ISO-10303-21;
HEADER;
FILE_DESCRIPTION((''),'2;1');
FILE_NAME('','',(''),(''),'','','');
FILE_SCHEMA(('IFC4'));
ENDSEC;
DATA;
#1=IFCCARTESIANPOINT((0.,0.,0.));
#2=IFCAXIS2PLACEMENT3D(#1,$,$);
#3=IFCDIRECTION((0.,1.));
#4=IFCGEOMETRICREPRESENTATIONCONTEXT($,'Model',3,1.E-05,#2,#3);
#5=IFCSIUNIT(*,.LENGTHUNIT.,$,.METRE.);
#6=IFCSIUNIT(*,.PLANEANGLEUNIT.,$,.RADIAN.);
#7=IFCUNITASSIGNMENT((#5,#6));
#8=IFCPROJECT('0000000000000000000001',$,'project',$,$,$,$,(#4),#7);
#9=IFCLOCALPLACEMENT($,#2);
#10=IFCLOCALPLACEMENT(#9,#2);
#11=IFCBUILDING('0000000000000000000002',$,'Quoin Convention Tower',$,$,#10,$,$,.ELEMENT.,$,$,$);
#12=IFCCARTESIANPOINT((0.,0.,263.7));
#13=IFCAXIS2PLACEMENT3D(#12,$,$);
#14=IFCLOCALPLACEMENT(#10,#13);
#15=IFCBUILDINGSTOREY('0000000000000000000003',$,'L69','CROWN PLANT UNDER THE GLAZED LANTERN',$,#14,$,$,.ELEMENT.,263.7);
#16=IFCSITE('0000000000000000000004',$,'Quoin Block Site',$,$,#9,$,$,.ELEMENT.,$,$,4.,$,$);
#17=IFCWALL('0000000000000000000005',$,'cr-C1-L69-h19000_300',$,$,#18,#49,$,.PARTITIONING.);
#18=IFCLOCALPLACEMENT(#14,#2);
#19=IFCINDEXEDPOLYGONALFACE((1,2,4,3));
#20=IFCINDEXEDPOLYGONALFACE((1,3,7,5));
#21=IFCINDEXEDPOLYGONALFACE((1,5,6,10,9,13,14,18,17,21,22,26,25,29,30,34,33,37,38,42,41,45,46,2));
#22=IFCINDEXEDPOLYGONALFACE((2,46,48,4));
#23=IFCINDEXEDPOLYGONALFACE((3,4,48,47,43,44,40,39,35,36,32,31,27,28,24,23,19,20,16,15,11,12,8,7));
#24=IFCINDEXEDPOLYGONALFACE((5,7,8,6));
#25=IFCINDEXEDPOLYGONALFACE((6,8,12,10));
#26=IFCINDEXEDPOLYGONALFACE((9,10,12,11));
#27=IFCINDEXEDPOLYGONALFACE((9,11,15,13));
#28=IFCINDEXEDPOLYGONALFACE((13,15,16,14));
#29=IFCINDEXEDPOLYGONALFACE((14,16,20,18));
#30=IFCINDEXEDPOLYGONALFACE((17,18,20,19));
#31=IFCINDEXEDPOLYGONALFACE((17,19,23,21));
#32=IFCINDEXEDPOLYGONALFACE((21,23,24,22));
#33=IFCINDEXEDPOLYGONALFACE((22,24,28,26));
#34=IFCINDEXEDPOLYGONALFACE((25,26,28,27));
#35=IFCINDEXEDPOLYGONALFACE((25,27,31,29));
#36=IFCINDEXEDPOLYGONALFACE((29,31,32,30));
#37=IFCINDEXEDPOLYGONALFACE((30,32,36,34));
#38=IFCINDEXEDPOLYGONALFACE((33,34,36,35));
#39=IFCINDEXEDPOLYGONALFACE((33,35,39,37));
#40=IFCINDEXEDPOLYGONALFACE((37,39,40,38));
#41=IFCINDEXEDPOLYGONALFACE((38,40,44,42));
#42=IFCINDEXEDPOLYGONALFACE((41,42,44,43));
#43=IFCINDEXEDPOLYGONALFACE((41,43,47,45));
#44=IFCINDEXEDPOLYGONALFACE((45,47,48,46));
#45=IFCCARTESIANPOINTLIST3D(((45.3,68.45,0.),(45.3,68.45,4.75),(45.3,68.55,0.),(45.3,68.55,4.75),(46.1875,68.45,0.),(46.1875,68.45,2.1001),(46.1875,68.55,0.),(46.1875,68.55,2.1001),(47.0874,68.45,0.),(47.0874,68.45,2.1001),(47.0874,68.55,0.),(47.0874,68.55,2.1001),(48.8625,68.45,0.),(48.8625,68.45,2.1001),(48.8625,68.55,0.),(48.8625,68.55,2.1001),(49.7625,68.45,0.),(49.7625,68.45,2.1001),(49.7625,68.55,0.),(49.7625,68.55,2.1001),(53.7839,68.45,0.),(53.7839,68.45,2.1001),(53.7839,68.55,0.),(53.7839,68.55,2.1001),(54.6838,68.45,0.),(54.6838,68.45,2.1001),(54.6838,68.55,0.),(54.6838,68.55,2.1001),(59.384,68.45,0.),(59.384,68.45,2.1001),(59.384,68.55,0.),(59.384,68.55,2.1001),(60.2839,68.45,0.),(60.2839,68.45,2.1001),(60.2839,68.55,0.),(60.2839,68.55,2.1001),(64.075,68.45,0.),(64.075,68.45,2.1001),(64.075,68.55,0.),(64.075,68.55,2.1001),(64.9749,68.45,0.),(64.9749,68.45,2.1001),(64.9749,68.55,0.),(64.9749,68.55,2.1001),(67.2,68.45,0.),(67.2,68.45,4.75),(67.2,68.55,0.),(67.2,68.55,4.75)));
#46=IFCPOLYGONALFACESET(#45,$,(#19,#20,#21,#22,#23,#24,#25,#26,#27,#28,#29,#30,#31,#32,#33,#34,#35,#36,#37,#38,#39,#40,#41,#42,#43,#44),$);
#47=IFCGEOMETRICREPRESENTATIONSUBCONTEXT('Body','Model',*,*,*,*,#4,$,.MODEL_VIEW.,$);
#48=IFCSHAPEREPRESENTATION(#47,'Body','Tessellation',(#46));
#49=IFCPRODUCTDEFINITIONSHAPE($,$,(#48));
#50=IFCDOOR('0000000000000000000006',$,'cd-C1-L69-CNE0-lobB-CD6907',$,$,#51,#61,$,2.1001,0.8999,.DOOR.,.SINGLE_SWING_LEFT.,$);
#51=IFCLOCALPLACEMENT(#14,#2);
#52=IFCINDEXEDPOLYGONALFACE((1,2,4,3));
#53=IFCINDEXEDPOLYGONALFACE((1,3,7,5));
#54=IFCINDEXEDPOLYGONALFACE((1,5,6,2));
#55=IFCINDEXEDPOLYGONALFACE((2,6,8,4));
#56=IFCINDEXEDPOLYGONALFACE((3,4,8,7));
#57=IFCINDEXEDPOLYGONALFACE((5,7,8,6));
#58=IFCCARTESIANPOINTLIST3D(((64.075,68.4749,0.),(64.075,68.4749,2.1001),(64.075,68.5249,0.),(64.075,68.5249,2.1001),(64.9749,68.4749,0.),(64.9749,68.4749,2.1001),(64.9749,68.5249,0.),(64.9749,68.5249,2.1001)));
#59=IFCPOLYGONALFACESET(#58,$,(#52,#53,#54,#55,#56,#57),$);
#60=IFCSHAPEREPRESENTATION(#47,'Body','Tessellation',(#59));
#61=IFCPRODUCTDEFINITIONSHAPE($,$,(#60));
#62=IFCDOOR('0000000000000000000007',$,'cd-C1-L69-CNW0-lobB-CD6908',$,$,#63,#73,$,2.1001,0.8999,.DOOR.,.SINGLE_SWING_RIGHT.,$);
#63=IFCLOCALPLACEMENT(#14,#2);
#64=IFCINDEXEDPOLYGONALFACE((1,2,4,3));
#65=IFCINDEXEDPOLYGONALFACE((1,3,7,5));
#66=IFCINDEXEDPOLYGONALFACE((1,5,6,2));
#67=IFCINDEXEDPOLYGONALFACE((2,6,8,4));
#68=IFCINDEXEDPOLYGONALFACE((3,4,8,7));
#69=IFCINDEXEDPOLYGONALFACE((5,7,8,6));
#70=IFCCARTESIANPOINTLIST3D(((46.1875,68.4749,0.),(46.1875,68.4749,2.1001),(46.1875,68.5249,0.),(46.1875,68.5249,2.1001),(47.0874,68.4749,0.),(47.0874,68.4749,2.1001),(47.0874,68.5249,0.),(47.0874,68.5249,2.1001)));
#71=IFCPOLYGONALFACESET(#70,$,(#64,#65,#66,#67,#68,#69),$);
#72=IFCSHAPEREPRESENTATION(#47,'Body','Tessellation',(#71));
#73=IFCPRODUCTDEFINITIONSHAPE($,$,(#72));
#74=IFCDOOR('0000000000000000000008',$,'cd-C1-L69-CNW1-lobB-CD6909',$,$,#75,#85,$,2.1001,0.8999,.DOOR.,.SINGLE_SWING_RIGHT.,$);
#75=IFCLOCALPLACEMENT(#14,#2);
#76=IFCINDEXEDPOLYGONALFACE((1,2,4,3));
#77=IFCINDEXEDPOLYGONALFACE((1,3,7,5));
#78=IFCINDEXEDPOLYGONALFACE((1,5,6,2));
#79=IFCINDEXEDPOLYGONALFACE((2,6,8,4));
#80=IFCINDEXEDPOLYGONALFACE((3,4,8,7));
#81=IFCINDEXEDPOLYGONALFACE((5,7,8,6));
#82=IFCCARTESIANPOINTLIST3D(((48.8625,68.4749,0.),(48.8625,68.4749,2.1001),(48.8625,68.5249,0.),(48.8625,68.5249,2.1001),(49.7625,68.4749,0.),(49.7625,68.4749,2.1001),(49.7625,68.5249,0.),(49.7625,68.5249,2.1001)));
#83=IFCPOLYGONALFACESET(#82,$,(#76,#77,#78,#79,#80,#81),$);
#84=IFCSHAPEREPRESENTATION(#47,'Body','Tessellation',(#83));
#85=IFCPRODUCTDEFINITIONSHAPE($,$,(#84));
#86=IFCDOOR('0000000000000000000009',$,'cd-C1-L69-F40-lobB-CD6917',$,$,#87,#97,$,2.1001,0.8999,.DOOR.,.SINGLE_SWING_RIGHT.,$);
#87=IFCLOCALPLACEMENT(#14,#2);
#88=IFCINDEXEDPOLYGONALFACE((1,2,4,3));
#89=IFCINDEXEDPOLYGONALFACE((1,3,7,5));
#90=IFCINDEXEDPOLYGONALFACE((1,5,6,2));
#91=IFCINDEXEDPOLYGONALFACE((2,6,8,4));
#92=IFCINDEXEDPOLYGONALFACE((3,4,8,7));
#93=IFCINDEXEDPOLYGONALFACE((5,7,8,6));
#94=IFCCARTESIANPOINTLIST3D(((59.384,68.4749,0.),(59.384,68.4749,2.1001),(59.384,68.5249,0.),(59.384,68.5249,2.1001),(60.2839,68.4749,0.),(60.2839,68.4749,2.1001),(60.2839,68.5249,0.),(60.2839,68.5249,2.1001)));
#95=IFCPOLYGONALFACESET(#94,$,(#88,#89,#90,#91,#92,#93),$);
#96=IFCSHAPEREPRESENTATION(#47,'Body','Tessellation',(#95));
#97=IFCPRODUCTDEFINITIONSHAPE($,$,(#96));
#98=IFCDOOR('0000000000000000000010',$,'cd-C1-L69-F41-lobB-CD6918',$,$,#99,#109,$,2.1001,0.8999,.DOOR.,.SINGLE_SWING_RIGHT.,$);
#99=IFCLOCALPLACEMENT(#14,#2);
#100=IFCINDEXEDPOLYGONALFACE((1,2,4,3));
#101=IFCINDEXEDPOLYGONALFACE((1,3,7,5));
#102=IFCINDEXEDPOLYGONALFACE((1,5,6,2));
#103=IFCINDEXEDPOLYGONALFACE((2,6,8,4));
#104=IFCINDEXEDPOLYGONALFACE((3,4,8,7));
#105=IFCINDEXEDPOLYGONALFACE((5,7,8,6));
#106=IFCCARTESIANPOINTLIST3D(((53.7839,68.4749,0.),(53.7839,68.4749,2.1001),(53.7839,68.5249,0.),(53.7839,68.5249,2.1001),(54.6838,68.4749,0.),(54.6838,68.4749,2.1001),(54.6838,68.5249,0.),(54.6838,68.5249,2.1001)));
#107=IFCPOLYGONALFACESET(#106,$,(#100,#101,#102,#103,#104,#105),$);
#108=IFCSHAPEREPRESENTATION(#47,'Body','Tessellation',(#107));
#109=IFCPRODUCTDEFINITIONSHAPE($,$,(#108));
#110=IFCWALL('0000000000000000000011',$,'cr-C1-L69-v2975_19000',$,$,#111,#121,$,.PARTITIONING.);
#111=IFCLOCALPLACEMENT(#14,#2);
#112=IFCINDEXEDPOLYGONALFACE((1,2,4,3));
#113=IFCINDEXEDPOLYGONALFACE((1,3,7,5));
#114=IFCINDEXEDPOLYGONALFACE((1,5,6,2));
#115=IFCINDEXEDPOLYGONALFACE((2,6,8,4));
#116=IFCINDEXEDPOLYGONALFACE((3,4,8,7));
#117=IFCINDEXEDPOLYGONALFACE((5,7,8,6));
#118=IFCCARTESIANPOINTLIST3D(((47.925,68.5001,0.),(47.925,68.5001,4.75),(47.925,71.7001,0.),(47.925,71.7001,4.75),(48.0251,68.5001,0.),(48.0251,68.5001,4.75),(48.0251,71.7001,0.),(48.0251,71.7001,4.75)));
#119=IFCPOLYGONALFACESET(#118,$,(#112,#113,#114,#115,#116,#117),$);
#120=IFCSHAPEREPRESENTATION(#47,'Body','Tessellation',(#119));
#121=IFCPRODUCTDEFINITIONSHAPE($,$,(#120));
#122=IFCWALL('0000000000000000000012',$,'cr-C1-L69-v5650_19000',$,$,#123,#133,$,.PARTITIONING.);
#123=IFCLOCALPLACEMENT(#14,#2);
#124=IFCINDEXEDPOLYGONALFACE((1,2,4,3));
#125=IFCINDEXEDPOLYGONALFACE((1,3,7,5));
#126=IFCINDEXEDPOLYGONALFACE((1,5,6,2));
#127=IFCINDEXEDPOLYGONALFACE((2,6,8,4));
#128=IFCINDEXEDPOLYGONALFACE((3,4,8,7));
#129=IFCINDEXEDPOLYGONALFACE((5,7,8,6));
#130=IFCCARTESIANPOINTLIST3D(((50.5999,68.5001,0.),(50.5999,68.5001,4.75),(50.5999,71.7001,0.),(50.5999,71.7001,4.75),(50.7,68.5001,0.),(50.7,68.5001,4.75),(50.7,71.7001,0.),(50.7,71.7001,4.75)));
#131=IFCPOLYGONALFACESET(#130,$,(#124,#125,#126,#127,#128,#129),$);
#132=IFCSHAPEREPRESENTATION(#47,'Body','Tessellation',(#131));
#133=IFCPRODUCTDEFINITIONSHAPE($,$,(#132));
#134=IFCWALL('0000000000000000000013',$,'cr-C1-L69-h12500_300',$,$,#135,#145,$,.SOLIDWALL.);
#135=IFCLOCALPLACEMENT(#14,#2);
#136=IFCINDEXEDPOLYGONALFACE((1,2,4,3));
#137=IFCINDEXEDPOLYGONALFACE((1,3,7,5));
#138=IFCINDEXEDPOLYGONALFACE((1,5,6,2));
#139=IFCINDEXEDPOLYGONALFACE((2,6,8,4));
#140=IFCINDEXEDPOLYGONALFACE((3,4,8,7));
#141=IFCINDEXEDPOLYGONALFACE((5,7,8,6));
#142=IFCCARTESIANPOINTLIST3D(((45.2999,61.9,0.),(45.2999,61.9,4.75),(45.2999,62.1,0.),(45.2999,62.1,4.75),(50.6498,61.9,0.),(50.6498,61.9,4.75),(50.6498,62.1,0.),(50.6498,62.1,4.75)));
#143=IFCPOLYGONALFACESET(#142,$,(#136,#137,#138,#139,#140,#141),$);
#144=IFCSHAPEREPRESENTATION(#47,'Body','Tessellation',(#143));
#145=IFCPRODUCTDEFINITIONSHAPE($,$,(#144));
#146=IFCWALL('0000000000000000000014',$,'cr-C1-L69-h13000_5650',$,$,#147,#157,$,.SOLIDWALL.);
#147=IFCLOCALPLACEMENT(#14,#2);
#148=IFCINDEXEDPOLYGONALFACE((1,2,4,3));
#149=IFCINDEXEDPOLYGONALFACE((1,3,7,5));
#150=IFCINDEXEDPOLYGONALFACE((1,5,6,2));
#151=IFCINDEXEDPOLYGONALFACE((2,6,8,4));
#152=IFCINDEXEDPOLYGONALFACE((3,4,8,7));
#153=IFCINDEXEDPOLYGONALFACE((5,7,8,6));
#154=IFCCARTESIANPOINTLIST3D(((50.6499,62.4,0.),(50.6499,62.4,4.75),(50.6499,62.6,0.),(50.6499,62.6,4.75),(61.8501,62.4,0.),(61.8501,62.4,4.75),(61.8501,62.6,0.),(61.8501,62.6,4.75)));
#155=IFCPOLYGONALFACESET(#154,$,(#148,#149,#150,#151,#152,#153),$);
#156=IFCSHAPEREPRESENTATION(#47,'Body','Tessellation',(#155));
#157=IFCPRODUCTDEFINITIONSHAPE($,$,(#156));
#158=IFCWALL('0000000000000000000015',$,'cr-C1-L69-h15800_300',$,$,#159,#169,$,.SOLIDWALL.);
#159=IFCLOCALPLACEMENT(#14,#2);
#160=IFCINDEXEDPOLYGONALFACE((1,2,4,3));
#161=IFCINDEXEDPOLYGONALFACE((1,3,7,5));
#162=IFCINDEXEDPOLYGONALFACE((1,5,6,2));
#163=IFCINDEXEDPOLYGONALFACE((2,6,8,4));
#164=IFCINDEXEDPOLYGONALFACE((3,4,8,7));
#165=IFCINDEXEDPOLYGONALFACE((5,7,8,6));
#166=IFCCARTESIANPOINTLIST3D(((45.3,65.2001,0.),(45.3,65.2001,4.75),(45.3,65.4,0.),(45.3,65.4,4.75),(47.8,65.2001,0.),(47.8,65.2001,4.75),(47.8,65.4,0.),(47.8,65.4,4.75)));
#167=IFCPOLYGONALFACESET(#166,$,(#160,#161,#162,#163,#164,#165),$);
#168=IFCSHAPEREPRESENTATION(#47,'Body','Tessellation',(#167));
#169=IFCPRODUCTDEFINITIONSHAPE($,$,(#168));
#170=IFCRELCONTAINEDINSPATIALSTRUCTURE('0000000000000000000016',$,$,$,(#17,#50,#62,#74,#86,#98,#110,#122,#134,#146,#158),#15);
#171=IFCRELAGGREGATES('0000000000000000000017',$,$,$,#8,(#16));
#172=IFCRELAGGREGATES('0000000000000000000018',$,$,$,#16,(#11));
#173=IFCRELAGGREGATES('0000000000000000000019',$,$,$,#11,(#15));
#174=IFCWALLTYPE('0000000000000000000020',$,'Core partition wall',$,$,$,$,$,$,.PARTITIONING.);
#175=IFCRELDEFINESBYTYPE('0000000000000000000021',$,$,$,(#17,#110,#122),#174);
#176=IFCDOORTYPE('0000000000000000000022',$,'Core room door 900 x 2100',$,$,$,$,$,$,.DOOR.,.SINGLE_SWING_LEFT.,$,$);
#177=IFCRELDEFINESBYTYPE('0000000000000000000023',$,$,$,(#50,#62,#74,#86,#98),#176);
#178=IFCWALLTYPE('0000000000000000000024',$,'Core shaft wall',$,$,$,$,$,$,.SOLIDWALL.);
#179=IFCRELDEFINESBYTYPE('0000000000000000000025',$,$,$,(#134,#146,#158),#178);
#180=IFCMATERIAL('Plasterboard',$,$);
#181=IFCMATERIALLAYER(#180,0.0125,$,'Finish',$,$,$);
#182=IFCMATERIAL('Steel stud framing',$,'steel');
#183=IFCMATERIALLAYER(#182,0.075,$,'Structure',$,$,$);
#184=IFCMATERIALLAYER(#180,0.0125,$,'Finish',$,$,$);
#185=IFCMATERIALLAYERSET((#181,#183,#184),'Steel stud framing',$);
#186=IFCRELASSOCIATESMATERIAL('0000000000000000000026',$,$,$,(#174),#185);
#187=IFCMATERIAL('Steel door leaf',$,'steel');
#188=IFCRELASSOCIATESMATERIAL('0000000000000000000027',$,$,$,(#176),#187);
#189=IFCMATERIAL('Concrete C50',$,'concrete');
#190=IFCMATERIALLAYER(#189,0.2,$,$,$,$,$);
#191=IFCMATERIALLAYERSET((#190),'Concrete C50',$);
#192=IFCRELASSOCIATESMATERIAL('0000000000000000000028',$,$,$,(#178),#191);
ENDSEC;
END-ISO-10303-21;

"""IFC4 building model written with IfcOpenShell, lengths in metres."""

from ifc_helpers import new_model, si_unit, direction, frame, frame_2d, origin, place, context, subcontext, project, spatial, rectangle, extrude, material, layer, layer_set, type_object, element, fill, save


model = new_model("IFC4")

# Units and contexts
model_context = context("Model", 3, precision=1e-05, world=origin(), true_north=direction((0.0, 1.0)))
body_context = subcontext(model_context, "Body", "Model", "MODEL_VIEW")
ifc_project = project(units=[si_unit("LENGTHUNIT", "METRE"), si_unit("PLANEANGLEUNIT", "RADIAN")], contexts=[model_context])

# Site, building, storey
site_placement = place(None, origin())
site = spatial("IfcSite", under=ifc_project, at=site_placement, Name="Quoin Block Site", CompositionType="ELEMENT", RefElevation=4.0)
building_placement = place(site_placement, origin())
building = spatial("IfcBuilding", under=site, at=building_placement, Name="Quoin Convention Tower", CompositionType="ELEMENT")
storey_placement = place(building_placement, frame((0.0, 0.0, 263.7)))
storey = spatial("IfcBuildingStorey", under=building, at=storey_placement, Name="L69", Description="CROWN PLANT UNDER THE GLAZED LANTERN", CompositionType="ELEMENT", Elevation=263.7)

# Wall, openings, doors
ifc_material_1 = material(Name="Plasterboard")
ifc_layer_1 = layer(ifc_material_1, 0.0125, Name="Finish")
ifc_material_2 = material(Name="Steel stud framing", Category="steel")
ifc_layer_2 = layer(ifc_material_2, 0.075, Name="Structure")
ifc_layer_3 = layer(ifc_material_1, 0.0125, Name="Finish")
ifc_layer_set_1 = layer_set([ifc_layer_1, ifc_layer_2, ifc_layer_3], Name="Steel stud framing")
wall_type_1 = type_object("IfcWallType", Name="Core partition wall", PredefinedType="PARTITIONING", material=ifc_layer_set_1)
wall_1_placement = place(storey_placement, frame((45.3, 68.5, 0.0), z_axis=(0.0, 0.0, 1.0), x_axis=(1.0, 0.0, 0.0)))
wall_1 = element("IfcWall", 1, at=wall_1_placement, inside=storey, type_object=wall_type_1, Name="cr-C1-L69-h19000_300", PredefinedType="PARTITIONING", context=body_context, shape_type="SweptSolid", body=[
    extrude(rectangle(XDim=21.8999, YDim=0.1001, at=frame_2d((10.95, 0.0))), origin(), (0.0, 0.0, 1.0), 4.75),
])
opening_1_placement = place(wall_1_placement, frame((18.7749, 0.0, 0.0)))
opening_1 = element("IfcOpeningElement", 2, at=opening_1_placement, cuts=wall_1, PredefinedType="OPENING", context=body_context, shape_type="SweptSolid", body=[
    extrude(rectangle(XDim=0.8999, YDim=2.1001, at=frame_2d((0.45, 1.05))), frame((0.0, 0.0601, 0.0), z_axis=(0.0, -1.0, 0.0), x_axis=(1.0, 0.0, 0.0)), (0.0, 0.0, 1.0), 0.1201),
])
opening_2_placement = place(wall_1_placement, frame((0.8875, 0.0, 0.0)))
opening_2 = element("IfcOpeningElement", 3, at=opening_2_placement, cuts=wall_1, PredefinedType="OPENING", context=body_context, shape_type="SweptSolid", body=[
    extrude(rectangle(XDim=0.8999, YDim=2.1001, at=frame_2d((0.45, 1.05))), frame((0.0, 0.0601, 0.0), z_axis=(0.0, -1.0, 0.0), x_axis=(1.0, 0.0, 0.0)), (0.0, 0.0, 1.0), 0.1201),
])
opening_3_placement = place(wall_1_placement, frame((3.5625, 0.0, 0.0)))
opening_3 = element("IfcOpeningElement", 4, at=opening_3_placement, cuts=wall_1, PredefinedType="OPENING", context=body_context, shape_type="SweptSolid", body=[
    extrude(rectangle(XDim=0.8999, YDim=2.1001, at=frame_2d((0.45, 1.05))), frame((0.0, 0.0601, 0.0), z_axis=(0.0, -1.0, 0.0), x_axis=(1.0, 0.0, 0.0)), (0.0, 0.0, 1.0), 0.1201),
])
opening_4_placement = place(wall_1_placement, frame((14.084, 0.0, 0.0)))
opening_4 = element("IfcOpeningElement", 5, at=opening_4_placement, cuts=wall_1, PredefinedType="OPENING", context=body_context, shape_type="SweptSolid", body=[
    extrude(rectangle(XDim=0.8999, YDim=2.1001, at=frame_2d((0.45, 1.05))), frame((0.0, 0.0601, 0.0), z_axis=(0.0, -1.0, 0.0), x_axis=(1.0, 0.0, 0.0)), (0.0, 0.0, 1.0), 0.1201),
])
opening_5_placement = place(wall_1_placement, frame((8.4839, 0.0, 0.0)))
opening_5 = element("IfcOpeningElement", 6, at=opening_5_placement, cuts=wall_1, PredefinedType="OPENING", context=body_context, shape_type="SweptSolid", body=[
    extrude(rectangle(XDim=0.8999, YDim=2.1001, at=frame_2d((0.45, 1.05))), frame((0.0, 0.0601, 0.0), z_axis=(0.0, -1.0, 0.0), x_axis=(1.0, 0.0, 0.0)), (0.0, 0.0, 1.0), 0.1201),
])
ifc_material_3 = material(Name="Steel door leaf", Category="steel")
door_type_1 = type_object("IfcDoorType", Name="Core room door 900 x 2100", OperationType="SINGLE_SWING_LEFT", PredefinedType="DOOR", material=ifc_material_3)
door_1_placement = place(opening_1_placement, origin())
door_1 = element("IfcDoor", 7, at=door_1_placement, inside=storey, type_object=door_type_1, Name="cd-C1-L69-CNE0-lobB-CD6907", OperationType="SINGLE_SWING_LEFT", OverallHeight=2.1001, OverallWidth=0.8999, PredefinedType="DOOR", context=body_context, shape_type="SweptSolid", body=[
    extrude(rectangle(XDim=0.8999, YDim=2.1001, at=frame_2d((0.45, 1.05))), frame((0.0, 0.0249, 0.0), z_axis=(0.0, -1.0, 0.0), x_axis=(1.0, 0.0, 0.0)), (0.0, 0.0, 1.0), 0.05),
])
fill(opening_1, door_1)
door_2_placement = place(opening_2_placement, origin())
door_2 = element("IfcDoor", 8, at=door_2_placement, inside=storey, type_object=door_type_1, Name="cd-C1-L69-CNW0-lobB-CD6908", OperationType="SINGLE_SWING_RIGHT", OverallHeight=2.1001, OverallWidth=0.8999, PredefinedType="DOOR", context=body_context, shape_type="SweptSolid", body=[
    extrude(rectangle(XDim=0.8999, YDim=2.1001, at=frame_2d((0.45, 1.05))), frame((0.0, 0.0249, 0.0), z_axis=(0.0, -1.0, 0.0), x_axis=(1.0, 0.0, 0.0)), (0.0, 0.0, 1.0), 0.05),
])
fill(opening_2, door_2)
door_3_placement = place(opening_3_placement, origin())
door_3 = element("IfcDoor", 9, at=door_3_placement, inside=storey, type_object=door_type_1, Name="cd-C1-L69-CNW1-lobB-CD6909", OperationType="SINGLE_SWING_RIGHT", OverallHeight=2.1001, OverallWidth=0.8999, PredefinedType="DOOR", context=body_context, shape_type="SweptSolid", body=[
    extrude(rectangle(XDim=0.8999, YDim=2.1001, at=frame_2d((0.45, 1.05))), frame((0.0, 0.0249, 0.0), z_axis=(0.0, -1.0, 0.0), x_axis=(1.0, 0.0, 0.0)), (0.0, 0.0, 1.0), 0.05),
])
fill(opening_3, door_3)
door_4_placement = place(opening_4_placement, origin())
door_4 = element("IfcDoor", 10, at=door_4_placement, inside=storey, type_object=door_type_1, Name="cd-C1-L69-F40-lobB-CD6917", OperationType="SINGLE_SWING_RIGHT", OverallHeight=2.1001, OverallWidth=0.8999, PredefinedType="DOOR", context=body_context, shape_type="SweptSolid", body=[
    extrude(rectangle(XDim=0.8999, YDim=2.1001, at=frame_2d((0.45, 1.05))), frame((0.0, 0.0249, 0.0), z_axis=(0.0, -1.0, 0.0), x_axis=(1.0, 0.0, 0.0)), (0.0, 0.0, 1.0), 0.05),
])
fill(opening_4, door_4)
door_5_placement = place(opening_5_placement, origin())
door_5 = element("IfcDoor", 11, at=door_5_placement, inside=storey, type_object=door_type_1, Name="cd-C1-L69-F41-lobB-CD6918", OperationType="SINGLE_SWING_RIGHT", OverallHeight=2.1001, OverallWidth=0.8999, PredefinedType="DOOR", context=body_context, shape_type="SweptSolid", body=[
    extrude(rectangle(XDim=0.8999, YDim=2.1001, at=frame_2d((0.45, 1.05))), frame((0.0, 0.0249, 0.0), z_axis=(0.0, -1.0, 0.0), x_axis=(1.0, 0.0, 0.0)), (0.0, 0.0, 1.0), 0.05),
])
fill(opening_5, door_5)

# Walls
for number, where, z_axis, x_axis, name in (
    (12, (47.9751, 68.5, 0.0), (0.0, 0.0, 1.0), (0.0, 1.0, 0.0), "cr-C1-L69-v2975_19000"),
    (13, (50.6499, 68.5, 0.0), (0.0, 0.0, 1.0), (0.0, 1.0, 0.0), "cr-C1-L69-v5650_19000"),
):
    element("IfcWall", number, at=place(storey_placement, frame(where, z_axis=z_axis, x_axis=x_axis)), inside=storey, type_object=wall_type_1, Name=name, PredefinedType="PARTITIONING", context=body_context, shape_type="SweptSolid", body=[
        extrude(rectangle(XDim=3.2, YDim=0.1001, at=frame_2d((1.6001, 0.0))), origin(), (0.0, 0.0, 1.0), 4.75),
    ])
ifc_material_4 = material(Name="Concrete C50", Category="concrete")
ifc_layer_4 = layer(ifc_material_4, 0.2)
ifc_layer_set_2 = layer_set([ifc_layer_4], Name="Concrete C50")
wall_type_2 = type_object("IfcWallType", Name="Core shaft wall", PredefinedType="SOLIDWALL", material=ifc_layer_set_2)
wall_2_placement = place(storey_placement, frame((45.3, 62.0, 0.0), z_axis=(0.0, 0.0, 1.0), x_axis=(1.0, 0.0, 0.0)))
element("IfcWall", 14, at=wall_2_placement, inside=storey, type_object=wall_type_2, Name="cr-C1-L69-h12500_300", PredefinedType="SOLIDWALL", context=body_context, shape_type="SweptSolid", body=[
    extrude(rectangle(XDim=5.3499, YDim=0.2, at=frame_2d((2.6748, 0.0))), origin(), (0.0, 0.0, 1.0), 4.75),
])
wall_3_placement = place(storey_placement, frame((50.6499, 62.5, 0.0), z_axis=(0.0, 0.0, 1.0), x_axis=(1.0, 0.0, 0.0)))
element("IfcWall", 15, at=wall_3_placement, inside=storey, type_object=wall_type_2, Name="cr-C1-L69-h13000_5650", PredefinedType="SOLIDWALL", context=body_context, shape_type="SweptSolid", body=[
    extrude(rectangle(XDim=11.2002, YDim=0.2, at=frame_2d((5.6001, 0.0))), origin(), (0.0, 0.0, 1.0), 4.75),
])
wall_4_placement = place(storey_placement, frame((45.3, 65.3, 0.0), z_axis=(0.0, 0.0, 1.0), x_axis=(1.0, 0.0, 0.0)))
element("IfcWall", 16, at=wall_4_placement, inside=storey, type_object=wall_type_2, Name="cr-C1-L69-h15800_300", PredefinedType="SOLIDWALL", context=body_context, shape_type="SweptSolid", body=[
    extrude(rectangle(XDim=2.5, YDim=0.2, at=frame_2d((1.25, 0.0))), origin(), (0.0, 0.0, 1.0), 4.75),
])

save(model, "model.ifc")
